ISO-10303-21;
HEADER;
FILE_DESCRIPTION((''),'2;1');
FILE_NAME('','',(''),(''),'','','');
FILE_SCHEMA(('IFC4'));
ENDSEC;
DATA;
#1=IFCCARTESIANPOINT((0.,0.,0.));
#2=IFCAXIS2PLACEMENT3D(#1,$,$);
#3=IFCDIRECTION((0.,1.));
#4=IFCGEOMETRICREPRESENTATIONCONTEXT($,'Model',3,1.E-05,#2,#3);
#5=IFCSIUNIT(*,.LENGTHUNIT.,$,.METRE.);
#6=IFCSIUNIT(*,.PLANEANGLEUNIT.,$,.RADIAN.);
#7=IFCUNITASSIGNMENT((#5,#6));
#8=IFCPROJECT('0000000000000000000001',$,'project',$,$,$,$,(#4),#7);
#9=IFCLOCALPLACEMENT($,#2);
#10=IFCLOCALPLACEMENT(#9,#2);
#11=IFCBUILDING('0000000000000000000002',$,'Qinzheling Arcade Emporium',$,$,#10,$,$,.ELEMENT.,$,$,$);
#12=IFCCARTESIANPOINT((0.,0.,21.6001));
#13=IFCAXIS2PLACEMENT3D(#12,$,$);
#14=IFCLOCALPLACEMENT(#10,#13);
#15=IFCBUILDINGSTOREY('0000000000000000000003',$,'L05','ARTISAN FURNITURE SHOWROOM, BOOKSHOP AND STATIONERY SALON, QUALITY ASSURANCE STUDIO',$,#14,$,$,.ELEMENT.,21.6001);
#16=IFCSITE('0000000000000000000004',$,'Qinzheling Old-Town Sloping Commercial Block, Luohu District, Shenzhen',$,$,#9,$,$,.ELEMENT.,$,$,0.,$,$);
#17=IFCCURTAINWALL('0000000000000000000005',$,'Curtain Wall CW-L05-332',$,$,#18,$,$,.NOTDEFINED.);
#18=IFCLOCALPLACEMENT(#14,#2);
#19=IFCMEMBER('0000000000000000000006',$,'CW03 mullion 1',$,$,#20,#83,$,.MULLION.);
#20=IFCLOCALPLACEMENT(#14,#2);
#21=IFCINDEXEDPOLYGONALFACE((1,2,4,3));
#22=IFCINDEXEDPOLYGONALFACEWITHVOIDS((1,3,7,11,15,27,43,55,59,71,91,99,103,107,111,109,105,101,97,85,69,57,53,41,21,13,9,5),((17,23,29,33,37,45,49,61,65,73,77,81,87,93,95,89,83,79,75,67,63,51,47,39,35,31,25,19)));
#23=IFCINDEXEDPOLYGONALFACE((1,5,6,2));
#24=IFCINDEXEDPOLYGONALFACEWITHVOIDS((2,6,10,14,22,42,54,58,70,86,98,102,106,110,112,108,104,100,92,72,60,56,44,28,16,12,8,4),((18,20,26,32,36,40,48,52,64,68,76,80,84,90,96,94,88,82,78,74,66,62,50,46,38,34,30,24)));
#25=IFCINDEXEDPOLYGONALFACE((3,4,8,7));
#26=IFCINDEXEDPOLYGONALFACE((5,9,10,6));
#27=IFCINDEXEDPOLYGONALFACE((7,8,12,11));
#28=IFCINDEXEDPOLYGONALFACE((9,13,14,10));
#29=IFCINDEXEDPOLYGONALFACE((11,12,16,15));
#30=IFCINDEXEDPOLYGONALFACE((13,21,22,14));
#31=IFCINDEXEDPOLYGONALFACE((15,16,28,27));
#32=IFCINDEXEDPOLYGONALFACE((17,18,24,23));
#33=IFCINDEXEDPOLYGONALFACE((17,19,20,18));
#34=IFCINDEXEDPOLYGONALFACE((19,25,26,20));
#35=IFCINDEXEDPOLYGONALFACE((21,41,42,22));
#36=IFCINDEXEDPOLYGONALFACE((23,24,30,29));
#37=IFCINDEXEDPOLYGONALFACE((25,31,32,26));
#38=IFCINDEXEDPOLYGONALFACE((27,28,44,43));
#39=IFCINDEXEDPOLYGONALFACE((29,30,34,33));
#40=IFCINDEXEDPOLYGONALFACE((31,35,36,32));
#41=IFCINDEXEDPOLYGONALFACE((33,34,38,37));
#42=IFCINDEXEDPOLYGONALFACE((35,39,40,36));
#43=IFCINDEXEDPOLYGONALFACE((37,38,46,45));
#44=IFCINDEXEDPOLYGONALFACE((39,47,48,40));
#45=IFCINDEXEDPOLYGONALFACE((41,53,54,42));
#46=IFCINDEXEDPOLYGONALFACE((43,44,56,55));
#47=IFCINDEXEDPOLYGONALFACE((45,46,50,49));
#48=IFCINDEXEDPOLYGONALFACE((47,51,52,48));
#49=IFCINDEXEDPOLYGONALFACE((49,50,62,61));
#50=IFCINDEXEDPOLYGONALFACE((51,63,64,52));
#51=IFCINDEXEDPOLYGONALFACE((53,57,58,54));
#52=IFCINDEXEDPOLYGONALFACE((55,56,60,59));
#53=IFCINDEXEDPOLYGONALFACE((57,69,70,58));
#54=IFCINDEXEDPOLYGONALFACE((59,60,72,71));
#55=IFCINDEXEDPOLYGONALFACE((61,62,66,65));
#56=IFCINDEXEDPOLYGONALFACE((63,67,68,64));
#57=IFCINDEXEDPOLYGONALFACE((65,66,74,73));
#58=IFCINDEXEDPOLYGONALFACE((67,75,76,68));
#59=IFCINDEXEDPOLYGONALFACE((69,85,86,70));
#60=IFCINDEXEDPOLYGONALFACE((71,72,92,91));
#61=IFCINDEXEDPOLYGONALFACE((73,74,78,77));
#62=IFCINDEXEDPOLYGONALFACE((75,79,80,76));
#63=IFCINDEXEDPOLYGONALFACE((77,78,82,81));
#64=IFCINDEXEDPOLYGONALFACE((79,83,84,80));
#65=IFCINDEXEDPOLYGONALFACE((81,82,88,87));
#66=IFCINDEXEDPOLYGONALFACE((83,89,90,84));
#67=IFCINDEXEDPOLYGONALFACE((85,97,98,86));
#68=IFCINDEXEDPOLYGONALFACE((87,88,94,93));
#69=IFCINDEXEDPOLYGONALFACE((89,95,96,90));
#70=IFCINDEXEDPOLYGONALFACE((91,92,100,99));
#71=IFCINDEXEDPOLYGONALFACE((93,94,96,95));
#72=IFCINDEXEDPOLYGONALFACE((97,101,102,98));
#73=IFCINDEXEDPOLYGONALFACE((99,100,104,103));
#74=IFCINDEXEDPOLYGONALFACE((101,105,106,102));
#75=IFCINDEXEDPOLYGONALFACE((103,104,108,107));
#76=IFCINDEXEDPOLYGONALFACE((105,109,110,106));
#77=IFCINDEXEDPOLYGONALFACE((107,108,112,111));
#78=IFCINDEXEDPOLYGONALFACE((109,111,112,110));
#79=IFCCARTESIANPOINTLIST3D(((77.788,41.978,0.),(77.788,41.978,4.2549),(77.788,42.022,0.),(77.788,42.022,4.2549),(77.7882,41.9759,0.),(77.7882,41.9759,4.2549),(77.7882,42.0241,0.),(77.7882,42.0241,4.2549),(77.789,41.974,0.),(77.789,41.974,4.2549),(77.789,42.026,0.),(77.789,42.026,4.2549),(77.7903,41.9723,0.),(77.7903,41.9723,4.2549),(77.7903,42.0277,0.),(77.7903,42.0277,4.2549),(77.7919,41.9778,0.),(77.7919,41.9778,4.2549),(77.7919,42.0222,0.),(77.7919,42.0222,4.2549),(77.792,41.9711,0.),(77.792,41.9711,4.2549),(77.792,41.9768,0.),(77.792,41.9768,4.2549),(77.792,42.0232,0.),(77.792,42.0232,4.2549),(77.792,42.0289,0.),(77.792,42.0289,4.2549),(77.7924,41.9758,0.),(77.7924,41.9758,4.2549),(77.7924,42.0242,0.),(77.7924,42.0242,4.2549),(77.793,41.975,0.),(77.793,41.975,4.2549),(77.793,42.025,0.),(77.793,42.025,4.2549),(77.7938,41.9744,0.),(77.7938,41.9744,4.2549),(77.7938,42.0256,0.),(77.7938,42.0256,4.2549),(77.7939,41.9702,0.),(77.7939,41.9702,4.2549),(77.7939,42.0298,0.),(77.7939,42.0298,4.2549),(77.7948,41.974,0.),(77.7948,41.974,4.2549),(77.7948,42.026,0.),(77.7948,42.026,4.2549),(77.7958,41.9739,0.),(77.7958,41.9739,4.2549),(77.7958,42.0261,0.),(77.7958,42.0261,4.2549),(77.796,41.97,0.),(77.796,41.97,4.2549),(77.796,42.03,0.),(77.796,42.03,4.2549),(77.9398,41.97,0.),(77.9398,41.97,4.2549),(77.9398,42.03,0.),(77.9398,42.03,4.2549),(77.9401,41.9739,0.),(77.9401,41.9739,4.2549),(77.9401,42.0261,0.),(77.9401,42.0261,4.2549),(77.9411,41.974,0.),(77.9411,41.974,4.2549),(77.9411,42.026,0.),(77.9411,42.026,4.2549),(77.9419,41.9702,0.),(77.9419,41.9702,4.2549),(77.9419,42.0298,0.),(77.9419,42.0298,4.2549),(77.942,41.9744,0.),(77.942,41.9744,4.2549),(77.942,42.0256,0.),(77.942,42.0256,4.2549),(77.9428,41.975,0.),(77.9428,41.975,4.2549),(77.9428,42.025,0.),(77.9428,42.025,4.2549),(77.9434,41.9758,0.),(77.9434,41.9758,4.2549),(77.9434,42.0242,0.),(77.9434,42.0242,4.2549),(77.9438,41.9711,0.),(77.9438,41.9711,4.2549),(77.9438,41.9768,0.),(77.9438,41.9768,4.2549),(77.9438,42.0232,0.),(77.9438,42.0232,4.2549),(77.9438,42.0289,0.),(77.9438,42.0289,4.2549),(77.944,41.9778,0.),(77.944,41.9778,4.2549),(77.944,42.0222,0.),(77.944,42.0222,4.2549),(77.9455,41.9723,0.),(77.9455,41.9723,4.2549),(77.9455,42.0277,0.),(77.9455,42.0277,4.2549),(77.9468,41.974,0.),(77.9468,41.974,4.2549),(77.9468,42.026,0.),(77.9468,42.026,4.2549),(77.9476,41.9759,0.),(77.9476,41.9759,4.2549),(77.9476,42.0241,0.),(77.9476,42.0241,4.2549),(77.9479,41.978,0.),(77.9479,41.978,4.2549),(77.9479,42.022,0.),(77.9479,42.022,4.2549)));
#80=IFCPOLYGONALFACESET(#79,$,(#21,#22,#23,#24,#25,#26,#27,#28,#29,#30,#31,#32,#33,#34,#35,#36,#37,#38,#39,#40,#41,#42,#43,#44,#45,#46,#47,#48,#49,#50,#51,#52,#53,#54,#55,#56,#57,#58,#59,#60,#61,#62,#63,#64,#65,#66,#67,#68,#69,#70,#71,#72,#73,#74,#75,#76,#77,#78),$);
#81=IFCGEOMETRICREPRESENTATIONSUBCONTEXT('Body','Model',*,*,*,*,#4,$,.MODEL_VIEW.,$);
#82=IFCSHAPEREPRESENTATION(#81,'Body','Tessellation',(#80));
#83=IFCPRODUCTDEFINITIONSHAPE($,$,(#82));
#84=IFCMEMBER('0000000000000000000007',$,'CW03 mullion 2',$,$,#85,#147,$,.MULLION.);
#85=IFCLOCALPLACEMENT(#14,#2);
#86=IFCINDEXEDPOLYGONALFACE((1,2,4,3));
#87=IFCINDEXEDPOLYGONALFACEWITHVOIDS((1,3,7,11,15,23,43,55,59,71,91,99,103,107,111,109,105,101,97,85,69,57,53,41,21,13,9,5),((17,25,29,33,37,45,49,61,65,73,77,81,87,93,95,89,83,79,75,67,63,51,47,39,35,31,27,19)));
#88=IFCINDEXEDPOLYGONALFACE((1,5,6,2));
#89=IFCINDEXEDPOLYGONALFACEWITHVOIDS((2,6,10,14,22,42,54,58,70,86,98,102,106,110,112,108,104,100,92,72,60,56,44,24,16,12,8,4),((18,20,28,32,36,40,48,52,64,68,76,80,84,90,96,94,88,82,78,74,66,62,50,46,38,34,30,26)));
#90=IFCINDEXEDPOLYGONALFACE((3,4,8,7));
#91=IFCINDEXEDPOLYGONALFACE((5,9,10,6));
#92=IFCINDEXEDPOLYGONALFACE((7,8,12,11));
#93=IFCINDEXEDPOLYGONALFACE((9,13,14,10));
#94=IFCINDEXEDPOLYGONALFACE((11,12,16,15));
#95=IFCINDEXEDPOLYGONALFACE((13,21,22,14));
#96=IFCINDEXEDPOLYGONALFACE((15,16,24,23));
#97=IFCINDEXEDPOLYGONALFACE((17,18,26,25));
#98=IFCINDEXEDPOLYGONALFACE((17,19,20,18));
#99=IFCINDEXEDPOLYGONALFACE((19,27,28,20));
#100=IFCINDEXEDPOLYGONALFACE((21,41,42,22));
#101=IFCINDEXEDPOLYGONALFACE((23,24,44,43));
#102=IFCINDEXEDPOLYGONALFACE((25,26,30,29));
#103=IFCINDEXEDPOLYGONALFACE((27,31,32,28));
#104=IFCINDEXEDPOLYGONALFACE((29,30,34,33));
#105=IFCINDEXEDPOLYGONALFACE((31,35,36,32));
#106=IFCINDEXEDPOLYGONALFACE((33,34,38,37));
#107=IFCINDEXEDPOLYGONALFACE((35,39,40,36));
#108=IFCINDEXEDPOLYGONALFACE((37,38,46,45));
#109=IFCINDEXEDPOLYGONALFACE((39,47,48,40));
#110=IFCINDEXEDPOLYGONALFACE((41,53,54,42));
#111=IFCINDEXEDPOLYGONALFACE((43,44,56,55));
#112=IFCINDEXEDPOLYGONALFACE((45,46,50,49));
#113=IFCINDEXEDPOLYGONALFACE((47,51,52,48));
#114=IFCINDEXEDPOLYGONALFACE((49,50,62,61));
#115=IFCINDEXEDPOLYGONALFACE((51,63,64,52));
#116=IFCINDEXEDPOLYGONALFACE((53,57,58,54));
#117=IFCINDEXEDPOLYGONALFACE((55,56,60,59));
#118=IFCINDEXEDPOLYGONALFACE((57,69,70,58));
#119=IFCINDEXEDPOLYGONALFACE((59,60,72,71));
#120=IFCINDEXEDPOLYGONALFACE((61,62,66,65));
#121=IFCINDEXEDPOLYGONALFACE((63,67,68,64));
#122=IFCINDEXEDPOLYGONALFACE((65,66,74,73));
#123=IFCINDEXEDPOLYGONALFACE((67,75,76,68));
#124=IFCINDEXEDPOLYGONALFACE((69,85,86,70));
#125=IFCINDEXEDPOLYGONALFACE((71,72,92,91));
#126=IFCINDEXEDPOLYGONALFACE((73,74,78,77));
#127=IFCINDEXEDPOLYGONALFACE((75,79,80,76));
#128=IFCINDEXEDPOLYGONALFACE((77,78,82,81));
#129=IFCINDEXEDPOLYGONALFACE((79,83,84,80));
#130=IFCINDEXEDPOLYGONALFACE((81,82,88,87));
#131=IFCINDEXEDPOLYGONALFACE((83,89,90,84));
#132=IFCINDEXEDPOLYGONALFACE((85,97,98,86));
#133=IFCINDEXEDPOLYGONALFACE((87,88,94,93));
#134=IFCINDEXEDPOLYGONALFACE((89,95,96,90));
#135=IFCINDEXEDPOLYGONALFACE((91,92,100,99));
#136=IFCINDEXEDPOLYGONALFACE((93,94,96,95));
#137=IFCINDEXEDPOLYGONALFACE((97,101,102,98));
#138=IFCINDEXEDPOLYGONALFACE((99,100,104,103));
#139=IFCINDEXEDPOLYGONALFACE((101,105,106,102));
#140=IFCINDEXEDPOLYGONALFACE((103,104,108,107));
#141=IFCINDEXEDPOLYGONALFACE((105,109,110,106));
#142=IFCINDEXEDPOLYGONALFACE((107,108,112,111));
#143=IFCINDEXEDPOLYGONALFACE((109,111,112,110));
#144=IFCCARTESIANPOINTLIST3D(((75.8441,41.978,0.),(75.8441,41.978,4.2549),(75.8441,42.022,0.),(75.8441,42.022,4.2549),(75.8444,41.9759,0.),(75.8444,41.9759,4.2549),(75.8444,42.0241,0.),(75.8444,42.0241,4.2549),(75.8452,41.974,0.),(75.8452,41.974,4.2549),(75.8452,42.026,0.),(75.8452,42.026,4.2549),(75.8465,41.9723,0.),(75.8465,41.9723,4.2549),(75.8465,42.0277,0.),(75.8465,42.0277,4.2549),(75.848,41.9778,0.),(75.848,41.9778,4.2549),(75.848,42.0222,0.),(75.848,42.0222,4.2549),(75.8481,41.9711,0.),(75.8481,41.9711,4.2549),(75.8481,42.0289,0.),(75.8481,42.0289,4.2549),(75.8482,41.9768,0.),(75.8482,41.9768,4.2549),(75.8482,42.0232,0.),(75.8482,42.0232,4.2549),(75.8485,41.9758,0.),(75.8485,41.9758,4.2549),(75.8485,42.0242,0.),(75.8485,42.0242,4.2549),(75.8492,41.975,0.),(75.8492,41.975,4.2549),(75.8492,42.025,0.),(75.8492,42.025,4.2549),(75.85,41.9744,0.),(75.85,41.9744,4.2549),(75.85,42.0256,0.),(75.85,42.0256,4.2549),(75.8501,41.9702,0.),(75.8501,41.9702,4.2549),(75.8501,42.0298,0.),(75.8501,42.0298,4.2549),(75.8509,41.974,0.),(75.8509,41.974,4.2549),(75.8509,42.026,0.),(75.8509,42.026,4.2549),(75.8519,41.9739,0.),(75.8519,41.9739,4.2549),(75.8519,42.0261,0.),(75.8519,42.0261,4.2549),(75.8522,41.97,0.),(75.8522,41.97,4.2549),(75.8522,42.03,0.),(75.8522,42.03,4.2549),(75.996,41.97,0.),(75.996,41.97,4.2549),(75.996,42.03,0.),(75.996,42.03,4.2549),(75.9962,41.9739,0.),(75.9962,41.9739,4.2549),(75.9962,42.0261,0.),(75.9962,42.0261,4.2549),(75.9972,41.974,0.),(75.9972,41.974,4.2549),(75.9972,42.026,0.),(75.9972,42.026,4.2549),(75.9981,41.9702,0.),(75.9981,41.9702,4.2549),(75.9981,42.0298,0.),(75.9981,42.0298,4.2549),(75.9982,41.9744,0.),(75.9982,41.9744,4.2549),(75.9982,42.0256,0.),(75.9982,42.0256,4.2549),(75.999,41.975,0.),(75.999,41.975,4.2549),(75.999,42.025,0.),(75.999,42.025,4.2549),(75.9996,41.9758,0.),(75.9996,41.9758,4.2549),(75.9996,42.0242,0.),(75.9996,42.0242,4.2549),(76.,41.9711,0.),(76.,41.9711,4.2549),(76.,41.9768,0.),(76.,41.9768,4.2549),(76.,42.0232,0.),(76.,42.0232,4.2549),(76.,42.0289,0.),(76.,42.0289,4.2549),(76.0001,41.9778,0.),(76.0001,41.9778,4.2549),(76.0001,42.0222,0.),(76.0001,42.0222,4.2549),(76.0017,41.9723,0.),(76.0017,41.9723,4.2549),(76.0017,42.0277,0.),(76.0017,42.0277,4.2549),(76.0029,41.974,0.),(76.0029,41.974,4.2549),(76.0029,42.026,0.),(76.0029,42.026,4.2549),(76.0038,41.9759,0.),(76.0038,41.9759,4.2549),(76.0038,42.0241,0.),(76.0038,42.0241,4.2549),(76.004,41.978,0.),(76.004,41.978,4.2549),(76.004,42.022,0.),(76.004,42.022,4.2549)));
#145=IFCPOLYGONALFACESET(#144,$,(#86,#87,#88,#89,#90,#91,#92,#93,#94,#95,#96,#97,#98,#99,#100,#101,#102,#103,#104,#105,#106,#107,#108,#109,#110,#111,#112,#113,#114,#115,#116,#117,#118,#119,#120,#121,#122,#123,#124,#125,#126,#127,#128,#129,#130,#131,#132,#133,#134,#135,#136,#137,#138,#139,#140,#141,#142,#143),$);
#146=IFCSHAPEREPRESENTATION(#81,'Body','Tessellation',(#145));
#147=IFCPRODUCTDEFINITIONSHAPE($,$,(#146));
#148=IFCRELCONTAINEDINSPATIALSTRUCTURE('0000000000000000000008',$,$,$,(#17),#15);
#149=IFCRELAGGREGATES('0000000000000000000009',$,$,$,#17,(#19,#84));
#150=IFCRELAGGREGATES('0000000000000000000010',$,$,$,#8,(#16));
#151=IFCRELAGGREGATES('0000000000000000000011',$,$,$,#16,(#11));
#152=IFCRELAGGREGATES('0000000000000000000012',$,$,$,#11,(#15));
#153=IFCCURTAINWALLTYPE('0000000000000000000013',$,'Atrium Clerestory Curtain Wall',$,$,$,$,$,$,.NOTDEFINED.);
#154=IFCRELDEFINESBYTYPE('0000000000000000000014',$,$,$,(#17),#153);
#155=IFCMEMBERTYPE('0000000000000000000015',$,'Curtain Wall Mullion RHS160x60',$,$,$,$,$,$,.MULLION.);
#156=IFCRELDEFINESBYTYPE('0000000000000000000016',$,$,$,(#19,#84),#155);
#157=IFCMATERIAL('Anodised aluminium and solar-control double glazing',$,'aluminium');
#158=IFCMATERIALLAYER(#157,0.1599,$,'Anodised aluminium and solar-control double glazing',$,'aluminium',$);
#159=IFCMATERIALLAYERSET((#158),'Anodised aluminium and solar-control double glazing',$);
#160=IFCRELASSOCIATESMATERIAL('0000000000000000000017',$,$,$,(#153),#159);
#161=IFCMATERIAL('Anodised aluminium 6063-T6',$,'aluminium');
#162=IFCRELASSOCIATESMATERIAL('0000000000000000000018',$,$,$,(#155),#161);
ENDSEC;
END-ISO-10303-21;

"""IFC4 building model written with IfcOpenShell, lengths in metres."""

from ifc_helpers import new_model, si_unit, direction, frame, origin, origin_2d, place, context, subcontext, project, spatial, hollow_rectangle, extrude, material, layer, layer_set, material_profile, profile_set, type_object, element, aggregate, save


model = new_model("IFC4")

# Units and contexts
model_context = context("Model", 3, precision=1e-05, world=origin(), true_north=direction((0.0, 1.0)))
body_context = subcontext(model_context, "Body", "Model", "MODEL_VIEW")
ifc_project = project(units=[si_unit("LENGTHUNIT", "METRE"), si_unit("PLANEANGLEUNIT", "RADIAN")], contexts=[model_context])

# Site, building, storey
site_placement = place(None, origin())
site = spatial("IfcSite", under=ifc_project, at=site_placement, Name="Qinzheling Old-Town Sloping Commercial Block, Luohu District, Shenzhen", CompositionType="ELEMENT", RefElevation=0.0)
building_placement = place(site_placement, origin())
building = spatial("IfcBuilding", under=site, at=building_placement, Name="Qinzheling Arcade Emporium", CompositionType="ELEMENT")
storey_placement = place(building_placement, frame((0.0, 0.0, 21.6001)))
storey = spatial("IfcBuildingStorey", under=building, at=storey_placement, Name="L05", Description="ARTISAN FURNITURE SHOWROOM, BOOKSHOP AND STATIONERY SALON, QUALITY ASSURANCE STUDIO", CompositionType="ELEMENT", Elevation=21.6001)

# Curtain wall, members
ifc_material_1 = material(Name="Anodised aluminium and solar-control double glazing", Category="aluminium")
ifc_layer_1 = layer(ifc_material_1, 0.1599, Name="Anodised aluminium and solar-control double glazing", Category="aluminium")
ifc_layer_set_1 = layer_set([ifc_layer_1], Name="Anodised aluminium and solar-control double glazing")
curtain_wall_type = type_object("IfcCurtainWallType", Name="Atrium Clerestory Curtain Wall", PredefinedType="NOTDEFINED", material=ifc_layer_set_1)
ifc_material_2 = material(Name="Anodised aluminium 6063-T6", Category="aluminium")
ifc_material_profile_1 = material_profile(ifc_material_2, hollow_rectangle(XDim=0.0601, YDim=0.1599, WallThickness=0.0039, InnerFilletRadius=0.0039, OuterFilletRadius=0.0081, at=origin_2d()), Name="RHS 160x60x4", Category="aluminium")
ifc_profile_set_1 = profile_set([ifc_material_profile_1], Name="Anodised aluminium 6063-T6")
member_type_1 = type_object("IfcMemberType", Name="Curtain Wall Mullion RHS160x60", PredefinedType="MULLION", material=ifc_profile_set_1)
curtain_wall_1_placement = place(storey_placement, origin())
curtain_wall_1 = element("IfcCurtainWall", 1, at=curtain_wall_1_placement, inside=storey, type_object=curtain_wall_type, Name="Curtain Wall CW-L05-332", PredefinedType="NOTDEFINED")
member_1_placement = place(storey_placement, frame((77.8679, 42.0, 0.0), z_axis=(0.0, 0.0, 1.0), x_axis=(0.0, -1.0, 0.0)))
member_1 = element("IfcMember", 2, at=member_1_placement, type_object=member_type_1, Name="CW03 mullion 1", PredefinedType="MULLION", context=body_context, shape_type="SweptSolid", body=[
    extrude(hollow_rectangle(XDim=0.0601, YDim=0.1599, WallThickness=0.0039, InnerFilletRadius=0.0039, OuterFilletRadius=0.0081, at=origin_2d()), origin(), (0.0, 0.0, 1.0), 4.2549),
])
member_2_placement = place(storey_placement, frame((75.9241, 42.0, 0.0), z_axis=(0.0, 0.0, 1.0), x_axis=(0.0, -1.0, 0.0)))
member_2 = element("IfcMember", 3, at=member_2_placement, type_object=member_type_1, Name="CW03 mullion 2", PredefinedType="MULLION", context=body_context, shape_type="SweptSolid", body=[
    extrude(hollow_rectangle(XDim=0.0601, YDim=0.1599, WallThickness=0.0039, InnerFilletRadius=0.0039, OuterFilletRadius=0.0081, at=origin_2d()), origin(), (0.0, 0.0, 1.0), 4.2549),
])

aggregate(curtain_wall_1, [member_1, member_2])

save(model, "model.ifc")
